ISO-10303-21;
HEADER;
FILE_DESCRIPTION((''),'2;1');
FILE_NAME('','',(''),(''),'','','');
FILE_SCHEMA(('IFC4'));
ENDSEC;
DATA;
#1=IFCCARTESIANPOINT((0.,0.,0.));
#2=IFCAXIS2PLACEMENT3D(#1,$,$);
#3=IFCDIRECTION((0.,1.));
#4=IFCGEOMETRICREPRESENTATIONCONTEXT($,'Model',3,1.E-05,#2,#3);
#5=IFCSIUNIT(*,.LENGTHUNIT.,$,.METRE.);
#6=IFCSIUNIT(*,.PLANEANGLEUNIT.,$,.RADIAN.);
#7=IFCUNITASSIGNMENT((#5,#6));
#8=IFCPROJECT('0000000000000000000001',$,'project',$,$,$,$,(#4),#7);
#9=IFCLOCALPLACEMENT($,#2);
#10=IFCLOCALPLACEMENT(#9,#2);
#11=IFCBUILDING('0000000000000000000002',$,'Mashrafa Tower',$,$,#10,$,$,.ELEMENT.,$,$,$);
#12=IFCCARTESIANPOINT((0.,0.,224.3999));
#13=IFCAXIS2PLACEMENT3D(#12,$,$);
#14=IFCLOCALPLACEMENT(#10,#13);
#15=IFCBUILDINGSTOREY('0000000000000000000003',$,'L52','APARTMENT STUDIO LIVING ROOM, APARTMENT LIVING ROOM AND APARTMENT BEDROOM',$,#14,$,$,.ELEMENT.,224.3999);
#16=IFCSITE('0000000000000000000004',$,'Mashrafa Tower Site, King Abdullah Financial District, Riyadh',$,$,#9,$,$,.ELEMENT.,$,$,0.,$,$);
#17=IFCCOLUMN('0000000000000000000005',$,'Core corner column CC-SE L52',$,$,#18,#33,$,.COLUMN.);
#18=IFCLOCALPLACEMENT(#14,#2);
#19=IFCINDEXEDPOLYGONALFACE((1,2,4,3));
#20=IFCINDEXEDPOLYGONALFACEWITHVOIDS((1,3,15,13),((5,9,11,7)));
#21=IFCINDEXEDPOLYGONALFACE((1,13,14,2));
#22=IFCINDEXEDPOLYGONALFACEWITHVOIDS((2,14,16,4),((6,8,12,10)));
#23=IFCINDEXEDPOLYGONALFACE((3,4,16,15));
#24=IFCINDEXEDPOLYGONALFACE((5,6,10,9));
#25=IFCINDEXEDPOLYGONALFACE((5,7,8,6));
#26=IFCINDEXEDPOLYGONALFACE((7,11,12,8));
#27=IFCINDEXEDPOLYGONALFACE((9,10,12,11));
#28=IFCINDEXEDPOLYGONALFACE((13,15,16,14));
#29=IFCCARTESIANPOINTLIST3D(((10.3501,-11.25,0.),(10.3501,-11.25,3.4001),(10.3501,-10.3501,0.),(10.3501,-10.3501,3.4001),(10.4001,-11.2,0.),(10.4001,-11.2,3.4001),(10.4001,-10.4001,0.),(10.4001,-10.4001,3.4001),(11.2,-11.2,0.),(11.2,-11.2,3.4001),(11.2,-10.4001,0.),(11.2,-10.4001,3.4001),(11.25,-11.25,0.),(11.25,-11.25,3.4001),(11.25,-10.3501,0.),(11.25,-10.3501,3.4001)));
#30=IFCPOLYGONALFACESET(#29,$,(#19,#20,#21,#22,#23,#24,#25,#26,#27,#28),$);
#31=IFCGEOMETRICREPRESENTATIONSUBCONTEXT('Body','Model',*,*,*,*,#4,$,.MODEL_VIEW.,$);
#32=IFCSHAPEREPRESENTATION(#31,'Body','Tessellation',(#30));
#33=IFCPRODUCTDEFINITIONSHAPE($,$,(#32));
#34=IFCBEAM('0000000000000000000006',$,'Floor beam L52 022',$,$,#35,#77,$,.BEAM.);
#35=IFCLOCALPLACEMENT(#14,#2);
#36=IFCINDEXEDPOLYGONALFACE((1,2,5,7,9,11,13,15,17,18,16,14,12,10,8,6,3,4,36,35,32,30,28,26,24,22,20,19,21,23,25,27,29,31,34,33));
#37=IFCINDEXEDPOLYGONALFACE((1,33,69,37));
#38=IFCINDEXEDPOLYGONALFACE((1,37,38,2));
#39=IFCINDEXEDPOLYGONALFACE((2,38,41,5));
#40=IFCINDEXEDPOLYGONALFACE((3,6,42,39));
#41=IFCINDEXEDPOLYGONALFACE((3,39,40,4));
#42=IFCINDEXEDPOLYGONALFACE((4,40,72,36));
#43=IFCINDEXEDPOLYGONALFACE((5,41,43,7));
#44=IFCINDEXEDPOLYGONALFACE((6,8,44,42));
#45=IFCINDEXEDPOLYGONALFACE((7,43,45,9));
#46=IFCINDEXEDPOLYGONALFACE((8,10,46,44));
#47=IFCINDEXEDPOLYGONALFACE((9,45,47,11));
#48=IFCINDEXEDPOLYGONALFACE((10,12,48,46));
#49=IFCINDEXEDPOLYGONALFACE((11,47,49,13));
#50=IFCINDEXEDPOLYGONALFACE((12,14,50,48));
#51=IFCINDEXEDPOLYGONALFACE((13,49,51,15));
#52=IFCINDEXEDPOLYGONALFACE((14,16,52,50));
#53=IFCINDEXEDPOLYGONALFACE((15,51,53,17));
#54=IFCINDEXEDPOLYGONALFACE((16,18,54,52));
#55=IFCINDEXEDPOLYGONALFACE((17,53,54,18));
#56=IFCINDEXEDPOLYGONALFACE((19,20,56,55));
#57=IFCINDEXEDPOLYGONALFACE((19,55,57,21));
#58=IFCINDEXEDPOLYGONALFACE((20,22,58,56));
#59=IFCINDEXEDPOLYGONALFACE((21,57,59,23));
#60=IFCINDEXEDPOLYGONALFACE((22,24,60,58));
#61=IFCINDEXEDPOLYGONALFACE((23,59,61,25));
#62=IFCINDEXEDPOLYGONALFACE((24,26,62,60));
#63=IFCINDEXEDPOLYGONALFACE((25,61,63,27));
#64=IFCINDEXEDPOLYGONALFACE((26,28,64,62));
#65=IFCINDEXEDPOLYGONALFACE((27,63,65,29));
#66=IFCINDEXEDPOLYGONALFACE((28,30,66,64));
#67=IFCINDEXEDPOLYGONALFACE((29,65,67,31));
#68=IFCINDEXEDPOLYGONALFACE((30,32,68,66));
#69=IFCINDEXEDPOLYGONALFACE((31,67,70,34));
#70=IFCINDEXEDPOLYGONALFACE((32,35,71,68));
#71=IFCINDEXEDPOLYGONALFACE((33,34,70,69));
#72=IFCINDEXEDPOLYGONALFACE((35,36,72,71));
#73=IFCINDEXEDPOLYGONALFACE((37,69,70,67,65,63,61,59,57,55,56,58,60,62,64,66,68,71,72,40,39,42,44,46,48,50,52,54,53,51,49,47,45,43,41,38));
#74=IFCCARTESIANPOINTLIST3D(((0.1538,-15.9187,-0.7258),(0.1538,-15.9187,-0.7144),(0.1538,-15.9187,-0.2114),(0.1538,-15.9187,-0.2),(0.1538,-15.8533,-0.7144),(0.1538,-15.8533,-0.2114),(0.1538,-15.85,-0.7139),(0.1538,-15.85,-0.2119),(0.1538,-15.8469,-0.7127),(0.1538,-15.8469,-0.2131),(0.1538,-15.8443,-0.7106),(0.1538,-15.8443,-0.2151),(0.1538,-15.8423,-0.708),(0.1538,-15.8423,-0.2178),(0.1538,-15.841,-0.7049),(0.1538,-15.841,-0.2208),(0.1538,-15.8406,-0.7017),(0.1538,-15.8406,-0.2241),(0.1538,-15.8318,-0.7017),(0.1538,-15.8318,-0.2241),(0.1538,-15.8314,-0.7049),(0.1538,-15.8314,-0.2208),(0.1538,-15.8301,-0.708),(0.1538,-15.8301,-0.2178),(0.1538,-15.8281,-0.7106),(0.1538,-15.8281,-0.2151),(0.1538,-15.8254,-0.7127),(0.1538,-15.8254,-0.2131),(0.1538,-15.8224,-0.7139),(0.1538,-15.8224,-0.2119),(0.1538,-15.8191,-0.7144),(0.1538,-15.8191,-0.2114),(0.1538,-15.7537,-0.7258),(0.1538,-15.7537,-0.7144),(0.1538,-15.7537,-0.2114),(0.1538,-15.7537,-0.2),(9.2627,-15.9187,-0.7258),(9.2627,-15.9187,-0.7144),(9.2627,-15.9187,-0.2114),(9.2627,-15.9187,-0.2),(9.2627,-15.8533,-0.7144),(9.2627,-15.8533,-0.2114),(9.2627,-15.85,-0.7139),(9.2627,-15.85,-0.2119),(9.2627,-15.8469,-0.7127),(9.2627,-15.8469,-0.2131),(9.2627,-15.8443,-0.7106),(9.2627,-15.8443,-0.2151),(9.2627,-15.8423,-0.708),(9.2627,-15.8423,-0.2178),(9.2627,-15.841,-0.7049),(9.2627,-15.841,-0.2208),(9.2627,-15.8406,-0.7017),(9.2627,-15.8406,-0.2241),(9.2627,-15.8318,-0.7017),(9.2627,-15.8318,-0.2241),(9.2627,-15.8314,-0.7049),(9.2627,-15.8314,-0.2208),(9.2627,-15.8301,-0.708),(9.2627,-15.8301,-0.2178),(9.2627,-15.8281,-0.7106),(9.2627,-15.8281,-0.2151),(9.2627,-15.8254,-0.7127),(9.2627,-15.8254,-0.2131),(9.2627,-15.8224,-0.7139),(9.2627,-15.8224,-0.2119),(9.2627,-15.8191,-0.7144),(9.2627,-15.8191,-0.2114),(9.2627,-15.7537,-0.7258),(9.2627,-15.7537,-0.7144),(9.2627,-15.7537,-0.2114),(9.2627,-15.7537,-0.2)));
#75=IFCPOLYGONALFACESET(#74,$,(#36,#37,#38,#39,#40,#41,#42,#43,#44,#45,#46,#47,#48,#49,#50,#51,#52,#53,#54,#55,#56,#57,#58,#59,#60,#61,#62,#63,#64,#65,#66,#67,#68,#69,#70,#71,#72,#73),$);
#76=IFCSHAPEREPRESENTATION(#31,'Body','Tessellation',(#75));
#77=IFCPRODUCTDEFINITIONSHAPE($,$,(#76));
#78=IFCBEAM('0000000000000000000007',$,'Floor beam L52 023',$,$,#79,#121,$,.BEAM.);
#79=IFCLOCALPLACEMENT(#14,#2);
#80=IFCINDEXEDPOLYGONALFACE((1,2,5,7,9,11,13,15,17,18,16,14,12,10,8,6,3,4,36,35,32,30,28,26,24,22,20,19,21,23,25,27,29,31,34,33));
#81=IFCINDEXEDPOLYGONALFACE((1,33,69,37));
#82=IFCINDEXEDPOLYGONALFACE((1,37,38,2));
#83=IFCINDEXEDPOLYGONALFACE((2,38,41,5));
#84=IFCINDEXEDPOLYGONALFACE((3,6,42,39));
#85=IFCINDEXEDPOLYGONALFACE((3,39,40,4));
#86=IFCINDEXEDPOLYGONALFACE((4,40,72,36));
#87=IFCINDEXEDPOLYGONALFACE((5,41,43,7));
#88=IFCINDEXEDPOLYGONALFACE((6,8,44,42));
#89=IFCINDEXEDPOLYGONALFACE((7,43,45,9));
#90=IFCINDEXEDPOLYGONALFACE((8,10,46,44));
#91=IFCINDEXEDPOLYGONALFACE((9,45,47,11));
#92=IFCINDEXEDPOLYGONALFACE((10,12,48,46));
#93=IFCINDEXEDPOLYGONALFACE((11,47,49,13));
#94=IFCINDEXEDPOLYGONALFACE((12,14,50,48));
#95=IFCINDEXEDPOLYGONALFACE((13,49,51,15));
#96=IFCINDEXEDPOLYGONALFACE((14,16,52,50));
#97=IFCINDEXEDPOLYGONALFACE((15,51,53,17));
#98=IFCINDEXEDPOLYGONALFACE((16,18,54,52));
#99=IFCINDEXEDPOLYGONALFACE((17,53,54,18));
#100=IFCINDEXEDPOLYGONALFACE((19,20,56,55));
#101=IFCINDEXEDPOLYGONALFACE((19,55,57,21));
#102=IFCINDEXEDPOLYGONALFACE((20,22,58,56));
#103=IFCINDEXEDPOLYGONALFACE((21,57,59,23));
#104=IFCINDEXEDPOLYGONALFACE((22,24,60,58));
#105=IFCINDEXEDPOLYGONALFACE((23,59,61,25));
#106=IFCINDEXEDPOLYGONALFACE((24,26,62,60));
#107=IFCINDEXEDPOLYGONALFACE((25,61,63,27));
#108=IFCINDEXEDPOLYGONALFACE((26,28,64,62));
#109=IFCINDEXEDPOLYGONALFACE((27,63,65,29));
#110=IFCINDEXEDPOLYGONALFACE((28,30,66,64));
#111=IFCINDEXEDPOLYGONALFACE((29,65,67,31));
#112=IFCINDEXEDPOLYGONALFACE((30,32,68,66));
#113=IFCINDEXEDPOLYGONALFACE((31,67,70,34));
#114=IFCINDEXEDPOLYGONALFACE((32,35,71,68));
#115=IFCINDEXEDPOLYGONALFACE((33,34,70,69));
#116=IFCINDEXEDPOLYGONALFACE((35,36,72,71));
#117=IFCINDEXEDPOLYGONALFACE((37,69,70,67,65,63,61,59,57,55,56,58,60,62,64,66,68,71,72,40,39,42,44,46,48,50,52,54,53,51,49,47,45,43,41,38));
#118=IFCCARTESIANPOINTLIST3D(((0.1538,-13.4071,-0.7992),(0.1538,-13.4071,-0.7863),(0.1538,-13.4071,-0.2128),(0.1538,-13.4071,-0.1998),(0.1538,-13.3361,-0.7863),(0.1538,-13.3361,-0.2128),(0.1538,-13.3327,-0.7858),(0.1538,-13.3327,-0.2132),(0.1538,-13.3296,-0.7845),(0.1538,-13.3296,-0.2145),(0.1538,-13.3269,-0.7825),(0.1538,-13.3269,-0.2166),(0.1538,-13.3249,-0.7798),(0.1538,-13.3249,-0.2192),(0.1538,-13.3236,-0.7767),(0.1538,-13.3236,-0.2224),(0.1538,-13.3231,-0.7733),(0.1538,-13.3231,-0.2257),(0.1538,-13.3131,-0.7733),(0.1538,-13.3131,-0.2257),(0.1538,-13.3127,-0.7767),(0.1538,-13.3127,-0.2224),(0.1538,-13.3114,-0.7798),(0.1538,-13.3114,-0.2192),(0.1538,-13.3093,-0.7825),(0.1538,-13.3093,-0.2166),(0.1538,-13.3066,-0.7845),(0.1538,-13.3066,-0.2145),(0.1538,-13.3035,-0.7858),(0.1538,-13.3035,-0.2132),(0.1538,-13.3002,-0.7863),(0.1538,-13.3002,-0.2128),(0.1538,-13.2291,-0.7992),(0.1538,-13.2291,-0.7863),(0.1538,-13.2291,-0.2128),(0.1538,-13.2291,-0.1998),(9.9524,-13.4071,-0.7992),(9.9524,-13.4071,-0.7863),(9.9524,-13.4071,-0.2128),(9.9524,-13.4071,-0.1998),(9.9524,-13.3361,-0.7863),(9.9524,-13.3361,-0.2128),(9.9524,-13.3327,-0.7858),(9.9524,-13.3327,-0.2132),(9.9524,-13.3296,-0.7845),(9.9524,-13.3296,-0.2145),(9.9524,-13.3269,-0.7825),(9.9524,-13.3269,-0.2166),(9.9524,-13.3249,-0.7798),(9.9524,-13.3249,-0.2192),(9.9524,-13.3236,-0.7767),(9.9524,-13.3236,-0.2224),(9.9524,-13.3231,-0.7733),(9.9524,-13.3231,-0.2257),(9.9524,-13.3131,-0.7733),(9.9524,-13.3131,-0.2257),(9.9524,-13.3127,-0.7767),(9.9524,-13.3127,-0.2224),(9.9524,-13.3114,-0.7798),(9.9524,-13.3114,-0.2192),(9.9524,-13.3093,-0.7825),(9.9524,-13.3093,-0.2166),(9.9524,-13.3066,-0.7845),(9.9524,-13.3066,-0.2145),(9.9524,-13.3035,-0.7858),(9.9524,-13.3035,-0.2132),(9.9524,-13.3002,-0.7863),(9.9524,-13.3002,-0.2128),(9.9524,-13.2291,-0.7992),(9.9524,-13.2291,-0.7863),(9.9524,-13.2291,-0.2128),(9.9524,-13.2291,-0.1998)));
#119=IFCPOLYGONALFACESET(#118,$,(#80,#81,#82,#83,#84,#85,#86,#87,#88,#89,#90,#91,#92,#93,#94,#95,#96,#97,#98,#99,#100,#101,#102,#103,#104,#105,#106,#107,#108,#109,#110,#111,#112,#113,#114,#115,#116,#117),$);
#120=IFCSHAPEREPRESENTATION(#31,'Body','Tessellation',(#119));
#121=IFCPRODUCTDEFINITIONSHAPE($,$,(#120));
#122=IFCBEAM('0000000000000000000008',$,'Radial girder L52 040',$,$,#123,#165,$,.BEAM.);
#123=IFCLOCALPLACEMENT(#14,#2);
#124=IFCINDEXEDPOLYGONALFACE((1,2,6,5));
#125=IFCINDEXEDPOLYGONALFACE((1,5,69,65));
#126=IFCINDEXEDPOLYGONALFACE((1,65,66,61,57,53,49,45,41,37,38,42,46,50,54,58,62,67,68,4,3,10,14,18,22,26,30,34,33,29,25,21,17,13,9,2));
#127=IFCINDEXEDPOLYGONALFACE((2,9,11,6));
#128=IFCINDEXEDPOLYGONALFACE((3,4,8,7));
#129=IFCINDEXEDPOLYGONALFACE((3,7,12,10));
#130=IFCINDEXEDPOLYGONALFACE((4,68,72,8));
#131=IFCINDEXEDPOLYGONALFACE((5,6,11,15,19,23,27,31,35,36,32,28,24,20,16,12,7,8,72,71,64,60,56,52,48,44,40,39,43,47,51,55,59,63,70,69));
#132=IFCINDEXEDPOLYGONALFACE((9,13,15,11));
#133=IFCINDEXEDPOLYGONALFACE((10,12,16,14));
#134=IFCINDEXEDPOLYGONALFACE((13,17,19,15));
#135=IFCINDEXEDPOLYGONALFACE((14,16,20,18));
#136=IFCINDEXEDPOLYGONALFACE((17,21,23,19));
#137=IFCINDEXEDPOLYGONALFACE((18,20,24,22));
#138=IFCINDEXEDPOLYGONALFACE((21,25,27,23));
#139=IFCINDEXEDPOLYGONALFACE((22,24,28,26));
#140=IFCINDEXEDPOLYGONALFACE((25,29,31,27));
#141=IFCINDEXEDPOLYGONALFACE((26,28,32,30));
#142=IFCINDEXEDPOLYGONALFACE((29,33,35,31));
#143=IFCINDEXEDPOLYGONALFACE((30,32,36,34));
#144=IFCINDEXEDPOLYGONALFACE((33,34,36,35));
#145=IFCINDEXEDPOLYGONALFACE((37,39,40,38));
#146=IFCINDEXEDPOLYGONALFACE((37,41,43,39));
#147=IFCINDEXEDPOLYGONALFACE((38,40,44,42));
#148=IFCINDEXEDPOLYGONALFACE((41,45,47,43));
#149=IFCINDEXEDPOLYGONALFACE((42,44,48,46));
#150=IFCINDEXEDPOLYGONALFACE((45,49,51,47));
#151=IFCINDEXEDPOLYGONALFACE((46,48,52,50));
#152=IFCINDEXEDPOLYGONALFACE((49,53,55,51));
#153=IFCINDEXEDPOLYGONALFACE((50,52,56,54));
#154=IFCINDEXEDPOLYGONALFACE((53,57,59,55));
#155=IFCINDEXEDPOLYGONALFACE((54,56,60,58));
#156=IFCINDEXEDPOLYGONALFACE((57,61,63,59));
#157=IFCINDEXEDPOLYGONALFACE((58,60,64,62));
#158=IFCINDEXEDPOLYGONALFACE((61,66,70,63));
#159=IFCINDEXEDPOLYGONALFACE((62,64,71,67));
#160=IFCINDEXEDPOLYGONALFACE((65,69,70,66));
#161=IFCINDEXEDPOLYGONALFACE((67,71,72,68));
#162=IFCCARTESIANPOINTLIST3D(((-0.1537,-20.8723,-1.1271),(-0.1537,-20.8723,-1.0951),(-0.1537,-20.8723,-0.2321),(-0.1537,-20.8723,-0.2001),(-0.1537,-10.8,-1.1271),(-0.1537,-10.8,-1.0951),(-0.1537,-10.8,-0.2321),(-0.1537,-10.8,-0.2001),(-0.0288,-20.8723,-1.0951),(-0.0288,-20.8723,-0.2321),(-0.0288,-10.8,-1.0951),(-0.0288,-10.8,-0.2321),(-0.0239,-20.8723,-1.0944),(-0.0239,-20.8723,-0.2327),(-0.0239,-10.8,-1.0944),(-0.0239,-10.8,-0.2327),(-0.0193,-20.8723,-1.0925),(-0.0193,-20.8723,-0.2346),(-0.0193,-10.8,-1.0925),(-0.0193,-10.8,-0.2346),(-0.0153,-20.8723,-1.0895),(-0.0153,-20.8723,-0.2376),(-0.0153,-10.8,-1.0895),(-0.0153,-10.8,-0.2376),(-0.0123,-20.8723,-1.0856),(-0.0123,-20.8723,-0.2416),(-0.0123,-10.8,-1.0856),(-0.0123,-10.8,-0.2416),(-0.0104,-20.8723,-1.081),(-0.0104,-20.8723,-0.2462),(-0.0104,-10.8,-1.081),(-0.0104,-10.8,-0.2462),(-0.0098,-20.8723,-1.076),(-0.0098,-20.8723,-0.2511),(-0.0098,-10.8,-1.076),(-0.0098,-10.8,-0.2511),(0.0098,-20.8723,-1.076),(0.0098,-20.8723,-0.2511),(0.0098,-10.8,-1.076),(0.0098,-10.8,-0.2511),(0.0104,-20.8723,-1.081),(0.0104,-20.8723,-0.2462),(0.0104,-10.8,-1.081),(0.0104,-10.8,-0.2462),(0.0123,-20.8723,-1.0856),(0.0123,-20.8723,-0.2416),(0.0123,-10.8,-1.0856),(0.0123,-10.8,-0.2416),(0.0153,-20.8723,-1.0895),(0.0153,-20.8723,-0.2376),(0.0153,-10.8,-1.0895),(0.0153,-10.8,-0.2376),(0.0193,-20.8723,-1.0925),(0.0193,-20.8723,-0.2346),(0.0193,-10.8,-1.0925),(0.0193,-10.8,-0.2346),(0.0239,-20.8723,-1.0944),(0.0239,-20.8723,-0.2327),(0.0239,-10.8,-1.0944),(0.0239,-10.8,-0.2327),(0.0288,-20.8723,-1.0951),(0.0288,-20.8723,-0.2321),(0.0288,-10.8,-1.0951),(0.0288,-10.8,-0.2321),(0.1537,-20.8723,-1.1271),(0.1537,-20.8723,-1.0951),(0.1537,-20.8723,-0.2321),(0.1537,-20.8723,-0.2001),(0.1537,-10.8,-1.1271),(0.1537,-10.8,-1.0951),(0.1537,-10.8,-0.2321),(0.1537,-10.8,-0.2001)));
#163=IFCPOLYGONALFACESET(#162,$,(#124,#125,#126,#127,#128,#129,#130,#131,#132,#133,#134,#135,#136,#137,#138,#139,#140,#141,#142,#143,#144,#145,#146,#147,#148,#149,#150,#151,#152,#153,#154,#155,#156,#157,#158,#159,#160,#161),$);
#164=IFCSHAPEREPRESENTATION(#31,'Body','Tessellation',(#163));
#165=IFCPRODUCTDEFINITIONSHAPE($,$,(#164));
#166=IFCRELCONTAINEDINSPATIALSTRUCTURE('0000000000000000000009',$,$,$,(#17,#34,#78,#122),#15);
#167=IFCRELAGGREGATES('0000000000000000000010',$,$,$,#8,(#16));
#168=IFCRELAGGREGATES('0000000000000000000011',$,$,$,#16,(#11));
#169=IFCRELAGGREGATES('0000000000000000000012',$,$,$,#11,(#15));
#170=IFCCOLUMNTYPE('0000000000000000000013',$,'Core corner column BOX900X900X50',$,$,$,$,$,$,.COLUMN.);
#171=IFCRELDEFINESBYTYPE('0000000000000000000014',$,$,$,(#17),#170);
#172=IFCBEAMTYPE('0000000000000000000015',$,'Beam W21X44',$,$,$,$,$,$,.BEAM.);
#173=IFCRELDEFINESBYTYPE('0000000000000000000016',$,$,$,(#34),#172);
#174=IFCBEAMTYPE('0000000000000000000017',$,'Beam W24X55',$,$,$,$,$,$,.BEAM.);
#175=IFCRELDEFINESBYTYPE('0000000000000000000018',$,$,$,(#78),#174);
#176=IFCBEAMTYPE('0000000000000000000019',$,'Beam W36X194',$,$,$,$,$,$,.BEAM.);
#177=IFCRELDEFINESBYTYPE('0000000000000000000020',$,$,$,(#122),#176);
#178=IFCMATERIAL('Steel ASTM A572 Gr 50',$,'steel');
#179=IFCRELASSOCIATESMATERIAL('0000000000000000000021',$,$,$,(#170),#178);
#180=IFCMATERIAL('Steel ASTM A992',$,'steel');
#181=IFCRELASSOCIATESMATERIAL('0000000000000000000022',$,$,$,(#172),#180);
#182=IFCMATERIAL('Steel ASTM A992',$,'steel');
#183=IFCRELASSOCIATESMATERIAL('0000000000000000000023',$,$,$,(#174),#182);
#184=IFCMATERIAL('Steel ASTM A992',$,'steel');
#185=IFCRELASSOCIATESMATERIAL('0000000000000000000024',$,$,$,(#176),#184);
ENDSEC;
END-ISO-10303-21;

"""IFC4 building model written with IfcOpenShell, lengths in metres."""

from ifc_helpers import new_model, si_unit, direction, frame, origin, origin_2d, place, context, subcontext, project, spatial, hollow_rectangle, i_section, extrude, material, material_profile, profile_set, type_object, element, save


model = new_model("IFC4")

# Units and contexts
model_context = context("Model", 3, precision=1e-05, world=origin(), true_north=direction((0.0, 1.0)))
body_context = subcontext(model_context, "Body", "Model", "MODEL_VIEW")
ifc_project = project(units=[si_unit("LENGTHUNIT", "METRE"), si_unit("PLANEANGLEUNIT", "RADIAN")], contexts=[model_context])

# Site, building, storey
site_placement = place(None, origin())
site = spatial("IfcSite", under=ifc_project, at=site_placement, Name="Mashrafa Tower Site, King Abdullah Financial District, Riyadh", CompositionType="ELEMENT", RefElevation=0.0)
building_placement = place(site_placement, origin())
building = spatial("IfcBuilding", under=site, at=building_placement, Name="Mashrafa Tower", CompositionType="ELEMENT")
storey_placement = place(building_placement, frame((0.0, 0.0, 224.3999)))
storey = spatial("IfcBuildingStorey", under=building, at=storey_placement, Name="L52", Description="APARTMENT STUDIO LIVING ROOM, APARTMENT LIVING ROOM AND APARTMENT BEDROOM", CompositionType="ELEMENT", Elevation=224.3999)

# Column
ifc_material_1 = material(Name="Steel ASTM A572 Gr 50", Category="steel")
ifc_material_profile_1 = material_profile(ifc_material_1, hollow_rectangle(XDim=0.8999, YDim=0.8999, WallThickness=0.05, at=origin_2d()), Name="BOX900X900X50")
ifc_profile_set_1 = profile_set([ifc_material_profile_1], Name="Steel ASTM A572 Gr 50")
column_type = type_object("IfcColumnType", Name="Core corner column BOX900X900X50", PredefinedType="COLUMN", material=ifc_profile_set_1)
column_placement = place(storey_placement, frame((10.8, -10.8, 0.0), z_axis=(0.0, 0.0, 1.0), x_axis=(1.0, 0.0, 0.0)))
element("IfcColumn", 1, at=column_placement, inside=storey, type_object=column_type, Name="Core corner column CC-SE L52", PredefinedType="COLUMN", context=body_context, shape_type="SweptSolid", body=[
    extrude(hollow_rectangle(XDim=0.8999, YDim=0.8999, WallThickness=0.05, at=origin_2d()), origin(), (0.0, 0.0, 1.0), 3.4001),
])

# Beams
ifc_material_2 = material(Name="Steel ASTM A992", Category="steel")
ifc_material_profile_2 = material_profile(ifc_material_2, i_section(OverallWidth=0.165, OverallDepth=0.5259, WebThickness=0.0088, FlangeThickness=0.0115, FilletRadius=0.0127, at=origin_2d()), Name="W21X44")
ifc_profile_set_2 = profile_set([ifc_material_profile_2], Name="Steel ASTM A992")
beam_type_1 = type_object("IfcBeamType", Name="Beam W21X44", PredefinedType="BEAM", material=ifc_profile_set_2)
beam_1_placement = place(storey_placement, frame((9.2627, -15.8362, -0.4629), z_axis=(-1.0, 0.0, 0.0), x_axis=(0.0, -1.0, 0.0)))
element("IfcBeam", 2, at=beam_1_placement, inside=storey, type_object=beam_type_1, Name="Floor beam L52 022", PredefinedType="BEAM", context=body_context, shape_type="SweptSolid", body=[
    extrude(i_section(OverallWidth=0.165, OverallDepth=0.5259, WebThickness=0.0088, FlangeThickness=0.0115, FilletRadius=0.0127, at=origin_2d()), origin(), (0.0, 0.0, 1.0), 9.1089),
])
ifc_material_3 = material(Name="Steel ASTM A992", Category="steel")
ifc_material_profile_3 = material_profile(ifc_material_3, i_section(OverallWidth=0.178, OverallDepth=0.5994, WebThickness=0.01, FlangeThickness=0.0129, FilletRadius=0.0129, at=origin_2d()), Name="W24X55")
ifc_profile_set_3 = profile_set([ifc_material_profile_3], Name="Steel ASTM A992")
beam_type_2 = type_object("IfcBeamType", Name="Beam W24X55", PredefinedType="BEAM", material=ifc_profile_set_3)
beam_2_placement = place(storey_placement, frame((9.9524, -13.3181, -0.4995), z_axis=(-1.0, 0.0, 0.0), x_axis=(0.0, -1.0, 0.0)))
element("IfcBeam", 3, at=beam_2_placement, inside=storey, type_object=beam_type_2, Name="Floor beam L52 023", PredefinedType="BEAM", context=body_context, shape_type="SweptSolid", body=[
    extrude(i_section(OverallWidth=0.178, OverallDepth=0.5994, WebThickness=0.01, FlangeThickness=0.0129, FilletRadius=0.0129, at=origin_2d()), origin(), (0.0, 0.0, 1.0), 9.7986),
])
ifc_material_4 = material(Name="Steel ASTM A992", Category="steel")
ifc_material_profile_4 = material_profile(ifc_material_4, i_section(OverallWidth=0.3074, OverallDepth=0.927, WebThickness=0.0195, FlangeThickness=0.032, FilletRadius=0.019, at=origin_2d()), Name="W36X194")
ifc_profile_set_4 = profile_set([ifc_material_profile_4], Name="Steel ASTM A992")
beam_type_3 = type_object("IfcBeamType", Name="Beam W36X194", PredefinedType="BEAM", material=ifc_profile_set_4)
beam_3_placement = place(storey_placement, frame((0.0, -10.8, -0.6636), z_axis=(0.0, -1.0, 0.0), x_axis=(1.0, 0.0, 0.0)))
element("IfcBeam", 4, at=beam_3_placement, inside=storey, type_object=beam_type_3, Name="Radial girder L52 040", PredefinedType="BEAM", context=body_context, shape_type="SweptSolid", body=[
    extrude(i_section(OverallWidth=0.3074, OverallDepth=0.927, WebThickness=0.0195, FlangeThickness=0.032, FilletRadius=0.019, at=origin_2d()), origin(), (0.0, 0.0, 1.0), 10.0723),
])

save(model, "model.ifc")
